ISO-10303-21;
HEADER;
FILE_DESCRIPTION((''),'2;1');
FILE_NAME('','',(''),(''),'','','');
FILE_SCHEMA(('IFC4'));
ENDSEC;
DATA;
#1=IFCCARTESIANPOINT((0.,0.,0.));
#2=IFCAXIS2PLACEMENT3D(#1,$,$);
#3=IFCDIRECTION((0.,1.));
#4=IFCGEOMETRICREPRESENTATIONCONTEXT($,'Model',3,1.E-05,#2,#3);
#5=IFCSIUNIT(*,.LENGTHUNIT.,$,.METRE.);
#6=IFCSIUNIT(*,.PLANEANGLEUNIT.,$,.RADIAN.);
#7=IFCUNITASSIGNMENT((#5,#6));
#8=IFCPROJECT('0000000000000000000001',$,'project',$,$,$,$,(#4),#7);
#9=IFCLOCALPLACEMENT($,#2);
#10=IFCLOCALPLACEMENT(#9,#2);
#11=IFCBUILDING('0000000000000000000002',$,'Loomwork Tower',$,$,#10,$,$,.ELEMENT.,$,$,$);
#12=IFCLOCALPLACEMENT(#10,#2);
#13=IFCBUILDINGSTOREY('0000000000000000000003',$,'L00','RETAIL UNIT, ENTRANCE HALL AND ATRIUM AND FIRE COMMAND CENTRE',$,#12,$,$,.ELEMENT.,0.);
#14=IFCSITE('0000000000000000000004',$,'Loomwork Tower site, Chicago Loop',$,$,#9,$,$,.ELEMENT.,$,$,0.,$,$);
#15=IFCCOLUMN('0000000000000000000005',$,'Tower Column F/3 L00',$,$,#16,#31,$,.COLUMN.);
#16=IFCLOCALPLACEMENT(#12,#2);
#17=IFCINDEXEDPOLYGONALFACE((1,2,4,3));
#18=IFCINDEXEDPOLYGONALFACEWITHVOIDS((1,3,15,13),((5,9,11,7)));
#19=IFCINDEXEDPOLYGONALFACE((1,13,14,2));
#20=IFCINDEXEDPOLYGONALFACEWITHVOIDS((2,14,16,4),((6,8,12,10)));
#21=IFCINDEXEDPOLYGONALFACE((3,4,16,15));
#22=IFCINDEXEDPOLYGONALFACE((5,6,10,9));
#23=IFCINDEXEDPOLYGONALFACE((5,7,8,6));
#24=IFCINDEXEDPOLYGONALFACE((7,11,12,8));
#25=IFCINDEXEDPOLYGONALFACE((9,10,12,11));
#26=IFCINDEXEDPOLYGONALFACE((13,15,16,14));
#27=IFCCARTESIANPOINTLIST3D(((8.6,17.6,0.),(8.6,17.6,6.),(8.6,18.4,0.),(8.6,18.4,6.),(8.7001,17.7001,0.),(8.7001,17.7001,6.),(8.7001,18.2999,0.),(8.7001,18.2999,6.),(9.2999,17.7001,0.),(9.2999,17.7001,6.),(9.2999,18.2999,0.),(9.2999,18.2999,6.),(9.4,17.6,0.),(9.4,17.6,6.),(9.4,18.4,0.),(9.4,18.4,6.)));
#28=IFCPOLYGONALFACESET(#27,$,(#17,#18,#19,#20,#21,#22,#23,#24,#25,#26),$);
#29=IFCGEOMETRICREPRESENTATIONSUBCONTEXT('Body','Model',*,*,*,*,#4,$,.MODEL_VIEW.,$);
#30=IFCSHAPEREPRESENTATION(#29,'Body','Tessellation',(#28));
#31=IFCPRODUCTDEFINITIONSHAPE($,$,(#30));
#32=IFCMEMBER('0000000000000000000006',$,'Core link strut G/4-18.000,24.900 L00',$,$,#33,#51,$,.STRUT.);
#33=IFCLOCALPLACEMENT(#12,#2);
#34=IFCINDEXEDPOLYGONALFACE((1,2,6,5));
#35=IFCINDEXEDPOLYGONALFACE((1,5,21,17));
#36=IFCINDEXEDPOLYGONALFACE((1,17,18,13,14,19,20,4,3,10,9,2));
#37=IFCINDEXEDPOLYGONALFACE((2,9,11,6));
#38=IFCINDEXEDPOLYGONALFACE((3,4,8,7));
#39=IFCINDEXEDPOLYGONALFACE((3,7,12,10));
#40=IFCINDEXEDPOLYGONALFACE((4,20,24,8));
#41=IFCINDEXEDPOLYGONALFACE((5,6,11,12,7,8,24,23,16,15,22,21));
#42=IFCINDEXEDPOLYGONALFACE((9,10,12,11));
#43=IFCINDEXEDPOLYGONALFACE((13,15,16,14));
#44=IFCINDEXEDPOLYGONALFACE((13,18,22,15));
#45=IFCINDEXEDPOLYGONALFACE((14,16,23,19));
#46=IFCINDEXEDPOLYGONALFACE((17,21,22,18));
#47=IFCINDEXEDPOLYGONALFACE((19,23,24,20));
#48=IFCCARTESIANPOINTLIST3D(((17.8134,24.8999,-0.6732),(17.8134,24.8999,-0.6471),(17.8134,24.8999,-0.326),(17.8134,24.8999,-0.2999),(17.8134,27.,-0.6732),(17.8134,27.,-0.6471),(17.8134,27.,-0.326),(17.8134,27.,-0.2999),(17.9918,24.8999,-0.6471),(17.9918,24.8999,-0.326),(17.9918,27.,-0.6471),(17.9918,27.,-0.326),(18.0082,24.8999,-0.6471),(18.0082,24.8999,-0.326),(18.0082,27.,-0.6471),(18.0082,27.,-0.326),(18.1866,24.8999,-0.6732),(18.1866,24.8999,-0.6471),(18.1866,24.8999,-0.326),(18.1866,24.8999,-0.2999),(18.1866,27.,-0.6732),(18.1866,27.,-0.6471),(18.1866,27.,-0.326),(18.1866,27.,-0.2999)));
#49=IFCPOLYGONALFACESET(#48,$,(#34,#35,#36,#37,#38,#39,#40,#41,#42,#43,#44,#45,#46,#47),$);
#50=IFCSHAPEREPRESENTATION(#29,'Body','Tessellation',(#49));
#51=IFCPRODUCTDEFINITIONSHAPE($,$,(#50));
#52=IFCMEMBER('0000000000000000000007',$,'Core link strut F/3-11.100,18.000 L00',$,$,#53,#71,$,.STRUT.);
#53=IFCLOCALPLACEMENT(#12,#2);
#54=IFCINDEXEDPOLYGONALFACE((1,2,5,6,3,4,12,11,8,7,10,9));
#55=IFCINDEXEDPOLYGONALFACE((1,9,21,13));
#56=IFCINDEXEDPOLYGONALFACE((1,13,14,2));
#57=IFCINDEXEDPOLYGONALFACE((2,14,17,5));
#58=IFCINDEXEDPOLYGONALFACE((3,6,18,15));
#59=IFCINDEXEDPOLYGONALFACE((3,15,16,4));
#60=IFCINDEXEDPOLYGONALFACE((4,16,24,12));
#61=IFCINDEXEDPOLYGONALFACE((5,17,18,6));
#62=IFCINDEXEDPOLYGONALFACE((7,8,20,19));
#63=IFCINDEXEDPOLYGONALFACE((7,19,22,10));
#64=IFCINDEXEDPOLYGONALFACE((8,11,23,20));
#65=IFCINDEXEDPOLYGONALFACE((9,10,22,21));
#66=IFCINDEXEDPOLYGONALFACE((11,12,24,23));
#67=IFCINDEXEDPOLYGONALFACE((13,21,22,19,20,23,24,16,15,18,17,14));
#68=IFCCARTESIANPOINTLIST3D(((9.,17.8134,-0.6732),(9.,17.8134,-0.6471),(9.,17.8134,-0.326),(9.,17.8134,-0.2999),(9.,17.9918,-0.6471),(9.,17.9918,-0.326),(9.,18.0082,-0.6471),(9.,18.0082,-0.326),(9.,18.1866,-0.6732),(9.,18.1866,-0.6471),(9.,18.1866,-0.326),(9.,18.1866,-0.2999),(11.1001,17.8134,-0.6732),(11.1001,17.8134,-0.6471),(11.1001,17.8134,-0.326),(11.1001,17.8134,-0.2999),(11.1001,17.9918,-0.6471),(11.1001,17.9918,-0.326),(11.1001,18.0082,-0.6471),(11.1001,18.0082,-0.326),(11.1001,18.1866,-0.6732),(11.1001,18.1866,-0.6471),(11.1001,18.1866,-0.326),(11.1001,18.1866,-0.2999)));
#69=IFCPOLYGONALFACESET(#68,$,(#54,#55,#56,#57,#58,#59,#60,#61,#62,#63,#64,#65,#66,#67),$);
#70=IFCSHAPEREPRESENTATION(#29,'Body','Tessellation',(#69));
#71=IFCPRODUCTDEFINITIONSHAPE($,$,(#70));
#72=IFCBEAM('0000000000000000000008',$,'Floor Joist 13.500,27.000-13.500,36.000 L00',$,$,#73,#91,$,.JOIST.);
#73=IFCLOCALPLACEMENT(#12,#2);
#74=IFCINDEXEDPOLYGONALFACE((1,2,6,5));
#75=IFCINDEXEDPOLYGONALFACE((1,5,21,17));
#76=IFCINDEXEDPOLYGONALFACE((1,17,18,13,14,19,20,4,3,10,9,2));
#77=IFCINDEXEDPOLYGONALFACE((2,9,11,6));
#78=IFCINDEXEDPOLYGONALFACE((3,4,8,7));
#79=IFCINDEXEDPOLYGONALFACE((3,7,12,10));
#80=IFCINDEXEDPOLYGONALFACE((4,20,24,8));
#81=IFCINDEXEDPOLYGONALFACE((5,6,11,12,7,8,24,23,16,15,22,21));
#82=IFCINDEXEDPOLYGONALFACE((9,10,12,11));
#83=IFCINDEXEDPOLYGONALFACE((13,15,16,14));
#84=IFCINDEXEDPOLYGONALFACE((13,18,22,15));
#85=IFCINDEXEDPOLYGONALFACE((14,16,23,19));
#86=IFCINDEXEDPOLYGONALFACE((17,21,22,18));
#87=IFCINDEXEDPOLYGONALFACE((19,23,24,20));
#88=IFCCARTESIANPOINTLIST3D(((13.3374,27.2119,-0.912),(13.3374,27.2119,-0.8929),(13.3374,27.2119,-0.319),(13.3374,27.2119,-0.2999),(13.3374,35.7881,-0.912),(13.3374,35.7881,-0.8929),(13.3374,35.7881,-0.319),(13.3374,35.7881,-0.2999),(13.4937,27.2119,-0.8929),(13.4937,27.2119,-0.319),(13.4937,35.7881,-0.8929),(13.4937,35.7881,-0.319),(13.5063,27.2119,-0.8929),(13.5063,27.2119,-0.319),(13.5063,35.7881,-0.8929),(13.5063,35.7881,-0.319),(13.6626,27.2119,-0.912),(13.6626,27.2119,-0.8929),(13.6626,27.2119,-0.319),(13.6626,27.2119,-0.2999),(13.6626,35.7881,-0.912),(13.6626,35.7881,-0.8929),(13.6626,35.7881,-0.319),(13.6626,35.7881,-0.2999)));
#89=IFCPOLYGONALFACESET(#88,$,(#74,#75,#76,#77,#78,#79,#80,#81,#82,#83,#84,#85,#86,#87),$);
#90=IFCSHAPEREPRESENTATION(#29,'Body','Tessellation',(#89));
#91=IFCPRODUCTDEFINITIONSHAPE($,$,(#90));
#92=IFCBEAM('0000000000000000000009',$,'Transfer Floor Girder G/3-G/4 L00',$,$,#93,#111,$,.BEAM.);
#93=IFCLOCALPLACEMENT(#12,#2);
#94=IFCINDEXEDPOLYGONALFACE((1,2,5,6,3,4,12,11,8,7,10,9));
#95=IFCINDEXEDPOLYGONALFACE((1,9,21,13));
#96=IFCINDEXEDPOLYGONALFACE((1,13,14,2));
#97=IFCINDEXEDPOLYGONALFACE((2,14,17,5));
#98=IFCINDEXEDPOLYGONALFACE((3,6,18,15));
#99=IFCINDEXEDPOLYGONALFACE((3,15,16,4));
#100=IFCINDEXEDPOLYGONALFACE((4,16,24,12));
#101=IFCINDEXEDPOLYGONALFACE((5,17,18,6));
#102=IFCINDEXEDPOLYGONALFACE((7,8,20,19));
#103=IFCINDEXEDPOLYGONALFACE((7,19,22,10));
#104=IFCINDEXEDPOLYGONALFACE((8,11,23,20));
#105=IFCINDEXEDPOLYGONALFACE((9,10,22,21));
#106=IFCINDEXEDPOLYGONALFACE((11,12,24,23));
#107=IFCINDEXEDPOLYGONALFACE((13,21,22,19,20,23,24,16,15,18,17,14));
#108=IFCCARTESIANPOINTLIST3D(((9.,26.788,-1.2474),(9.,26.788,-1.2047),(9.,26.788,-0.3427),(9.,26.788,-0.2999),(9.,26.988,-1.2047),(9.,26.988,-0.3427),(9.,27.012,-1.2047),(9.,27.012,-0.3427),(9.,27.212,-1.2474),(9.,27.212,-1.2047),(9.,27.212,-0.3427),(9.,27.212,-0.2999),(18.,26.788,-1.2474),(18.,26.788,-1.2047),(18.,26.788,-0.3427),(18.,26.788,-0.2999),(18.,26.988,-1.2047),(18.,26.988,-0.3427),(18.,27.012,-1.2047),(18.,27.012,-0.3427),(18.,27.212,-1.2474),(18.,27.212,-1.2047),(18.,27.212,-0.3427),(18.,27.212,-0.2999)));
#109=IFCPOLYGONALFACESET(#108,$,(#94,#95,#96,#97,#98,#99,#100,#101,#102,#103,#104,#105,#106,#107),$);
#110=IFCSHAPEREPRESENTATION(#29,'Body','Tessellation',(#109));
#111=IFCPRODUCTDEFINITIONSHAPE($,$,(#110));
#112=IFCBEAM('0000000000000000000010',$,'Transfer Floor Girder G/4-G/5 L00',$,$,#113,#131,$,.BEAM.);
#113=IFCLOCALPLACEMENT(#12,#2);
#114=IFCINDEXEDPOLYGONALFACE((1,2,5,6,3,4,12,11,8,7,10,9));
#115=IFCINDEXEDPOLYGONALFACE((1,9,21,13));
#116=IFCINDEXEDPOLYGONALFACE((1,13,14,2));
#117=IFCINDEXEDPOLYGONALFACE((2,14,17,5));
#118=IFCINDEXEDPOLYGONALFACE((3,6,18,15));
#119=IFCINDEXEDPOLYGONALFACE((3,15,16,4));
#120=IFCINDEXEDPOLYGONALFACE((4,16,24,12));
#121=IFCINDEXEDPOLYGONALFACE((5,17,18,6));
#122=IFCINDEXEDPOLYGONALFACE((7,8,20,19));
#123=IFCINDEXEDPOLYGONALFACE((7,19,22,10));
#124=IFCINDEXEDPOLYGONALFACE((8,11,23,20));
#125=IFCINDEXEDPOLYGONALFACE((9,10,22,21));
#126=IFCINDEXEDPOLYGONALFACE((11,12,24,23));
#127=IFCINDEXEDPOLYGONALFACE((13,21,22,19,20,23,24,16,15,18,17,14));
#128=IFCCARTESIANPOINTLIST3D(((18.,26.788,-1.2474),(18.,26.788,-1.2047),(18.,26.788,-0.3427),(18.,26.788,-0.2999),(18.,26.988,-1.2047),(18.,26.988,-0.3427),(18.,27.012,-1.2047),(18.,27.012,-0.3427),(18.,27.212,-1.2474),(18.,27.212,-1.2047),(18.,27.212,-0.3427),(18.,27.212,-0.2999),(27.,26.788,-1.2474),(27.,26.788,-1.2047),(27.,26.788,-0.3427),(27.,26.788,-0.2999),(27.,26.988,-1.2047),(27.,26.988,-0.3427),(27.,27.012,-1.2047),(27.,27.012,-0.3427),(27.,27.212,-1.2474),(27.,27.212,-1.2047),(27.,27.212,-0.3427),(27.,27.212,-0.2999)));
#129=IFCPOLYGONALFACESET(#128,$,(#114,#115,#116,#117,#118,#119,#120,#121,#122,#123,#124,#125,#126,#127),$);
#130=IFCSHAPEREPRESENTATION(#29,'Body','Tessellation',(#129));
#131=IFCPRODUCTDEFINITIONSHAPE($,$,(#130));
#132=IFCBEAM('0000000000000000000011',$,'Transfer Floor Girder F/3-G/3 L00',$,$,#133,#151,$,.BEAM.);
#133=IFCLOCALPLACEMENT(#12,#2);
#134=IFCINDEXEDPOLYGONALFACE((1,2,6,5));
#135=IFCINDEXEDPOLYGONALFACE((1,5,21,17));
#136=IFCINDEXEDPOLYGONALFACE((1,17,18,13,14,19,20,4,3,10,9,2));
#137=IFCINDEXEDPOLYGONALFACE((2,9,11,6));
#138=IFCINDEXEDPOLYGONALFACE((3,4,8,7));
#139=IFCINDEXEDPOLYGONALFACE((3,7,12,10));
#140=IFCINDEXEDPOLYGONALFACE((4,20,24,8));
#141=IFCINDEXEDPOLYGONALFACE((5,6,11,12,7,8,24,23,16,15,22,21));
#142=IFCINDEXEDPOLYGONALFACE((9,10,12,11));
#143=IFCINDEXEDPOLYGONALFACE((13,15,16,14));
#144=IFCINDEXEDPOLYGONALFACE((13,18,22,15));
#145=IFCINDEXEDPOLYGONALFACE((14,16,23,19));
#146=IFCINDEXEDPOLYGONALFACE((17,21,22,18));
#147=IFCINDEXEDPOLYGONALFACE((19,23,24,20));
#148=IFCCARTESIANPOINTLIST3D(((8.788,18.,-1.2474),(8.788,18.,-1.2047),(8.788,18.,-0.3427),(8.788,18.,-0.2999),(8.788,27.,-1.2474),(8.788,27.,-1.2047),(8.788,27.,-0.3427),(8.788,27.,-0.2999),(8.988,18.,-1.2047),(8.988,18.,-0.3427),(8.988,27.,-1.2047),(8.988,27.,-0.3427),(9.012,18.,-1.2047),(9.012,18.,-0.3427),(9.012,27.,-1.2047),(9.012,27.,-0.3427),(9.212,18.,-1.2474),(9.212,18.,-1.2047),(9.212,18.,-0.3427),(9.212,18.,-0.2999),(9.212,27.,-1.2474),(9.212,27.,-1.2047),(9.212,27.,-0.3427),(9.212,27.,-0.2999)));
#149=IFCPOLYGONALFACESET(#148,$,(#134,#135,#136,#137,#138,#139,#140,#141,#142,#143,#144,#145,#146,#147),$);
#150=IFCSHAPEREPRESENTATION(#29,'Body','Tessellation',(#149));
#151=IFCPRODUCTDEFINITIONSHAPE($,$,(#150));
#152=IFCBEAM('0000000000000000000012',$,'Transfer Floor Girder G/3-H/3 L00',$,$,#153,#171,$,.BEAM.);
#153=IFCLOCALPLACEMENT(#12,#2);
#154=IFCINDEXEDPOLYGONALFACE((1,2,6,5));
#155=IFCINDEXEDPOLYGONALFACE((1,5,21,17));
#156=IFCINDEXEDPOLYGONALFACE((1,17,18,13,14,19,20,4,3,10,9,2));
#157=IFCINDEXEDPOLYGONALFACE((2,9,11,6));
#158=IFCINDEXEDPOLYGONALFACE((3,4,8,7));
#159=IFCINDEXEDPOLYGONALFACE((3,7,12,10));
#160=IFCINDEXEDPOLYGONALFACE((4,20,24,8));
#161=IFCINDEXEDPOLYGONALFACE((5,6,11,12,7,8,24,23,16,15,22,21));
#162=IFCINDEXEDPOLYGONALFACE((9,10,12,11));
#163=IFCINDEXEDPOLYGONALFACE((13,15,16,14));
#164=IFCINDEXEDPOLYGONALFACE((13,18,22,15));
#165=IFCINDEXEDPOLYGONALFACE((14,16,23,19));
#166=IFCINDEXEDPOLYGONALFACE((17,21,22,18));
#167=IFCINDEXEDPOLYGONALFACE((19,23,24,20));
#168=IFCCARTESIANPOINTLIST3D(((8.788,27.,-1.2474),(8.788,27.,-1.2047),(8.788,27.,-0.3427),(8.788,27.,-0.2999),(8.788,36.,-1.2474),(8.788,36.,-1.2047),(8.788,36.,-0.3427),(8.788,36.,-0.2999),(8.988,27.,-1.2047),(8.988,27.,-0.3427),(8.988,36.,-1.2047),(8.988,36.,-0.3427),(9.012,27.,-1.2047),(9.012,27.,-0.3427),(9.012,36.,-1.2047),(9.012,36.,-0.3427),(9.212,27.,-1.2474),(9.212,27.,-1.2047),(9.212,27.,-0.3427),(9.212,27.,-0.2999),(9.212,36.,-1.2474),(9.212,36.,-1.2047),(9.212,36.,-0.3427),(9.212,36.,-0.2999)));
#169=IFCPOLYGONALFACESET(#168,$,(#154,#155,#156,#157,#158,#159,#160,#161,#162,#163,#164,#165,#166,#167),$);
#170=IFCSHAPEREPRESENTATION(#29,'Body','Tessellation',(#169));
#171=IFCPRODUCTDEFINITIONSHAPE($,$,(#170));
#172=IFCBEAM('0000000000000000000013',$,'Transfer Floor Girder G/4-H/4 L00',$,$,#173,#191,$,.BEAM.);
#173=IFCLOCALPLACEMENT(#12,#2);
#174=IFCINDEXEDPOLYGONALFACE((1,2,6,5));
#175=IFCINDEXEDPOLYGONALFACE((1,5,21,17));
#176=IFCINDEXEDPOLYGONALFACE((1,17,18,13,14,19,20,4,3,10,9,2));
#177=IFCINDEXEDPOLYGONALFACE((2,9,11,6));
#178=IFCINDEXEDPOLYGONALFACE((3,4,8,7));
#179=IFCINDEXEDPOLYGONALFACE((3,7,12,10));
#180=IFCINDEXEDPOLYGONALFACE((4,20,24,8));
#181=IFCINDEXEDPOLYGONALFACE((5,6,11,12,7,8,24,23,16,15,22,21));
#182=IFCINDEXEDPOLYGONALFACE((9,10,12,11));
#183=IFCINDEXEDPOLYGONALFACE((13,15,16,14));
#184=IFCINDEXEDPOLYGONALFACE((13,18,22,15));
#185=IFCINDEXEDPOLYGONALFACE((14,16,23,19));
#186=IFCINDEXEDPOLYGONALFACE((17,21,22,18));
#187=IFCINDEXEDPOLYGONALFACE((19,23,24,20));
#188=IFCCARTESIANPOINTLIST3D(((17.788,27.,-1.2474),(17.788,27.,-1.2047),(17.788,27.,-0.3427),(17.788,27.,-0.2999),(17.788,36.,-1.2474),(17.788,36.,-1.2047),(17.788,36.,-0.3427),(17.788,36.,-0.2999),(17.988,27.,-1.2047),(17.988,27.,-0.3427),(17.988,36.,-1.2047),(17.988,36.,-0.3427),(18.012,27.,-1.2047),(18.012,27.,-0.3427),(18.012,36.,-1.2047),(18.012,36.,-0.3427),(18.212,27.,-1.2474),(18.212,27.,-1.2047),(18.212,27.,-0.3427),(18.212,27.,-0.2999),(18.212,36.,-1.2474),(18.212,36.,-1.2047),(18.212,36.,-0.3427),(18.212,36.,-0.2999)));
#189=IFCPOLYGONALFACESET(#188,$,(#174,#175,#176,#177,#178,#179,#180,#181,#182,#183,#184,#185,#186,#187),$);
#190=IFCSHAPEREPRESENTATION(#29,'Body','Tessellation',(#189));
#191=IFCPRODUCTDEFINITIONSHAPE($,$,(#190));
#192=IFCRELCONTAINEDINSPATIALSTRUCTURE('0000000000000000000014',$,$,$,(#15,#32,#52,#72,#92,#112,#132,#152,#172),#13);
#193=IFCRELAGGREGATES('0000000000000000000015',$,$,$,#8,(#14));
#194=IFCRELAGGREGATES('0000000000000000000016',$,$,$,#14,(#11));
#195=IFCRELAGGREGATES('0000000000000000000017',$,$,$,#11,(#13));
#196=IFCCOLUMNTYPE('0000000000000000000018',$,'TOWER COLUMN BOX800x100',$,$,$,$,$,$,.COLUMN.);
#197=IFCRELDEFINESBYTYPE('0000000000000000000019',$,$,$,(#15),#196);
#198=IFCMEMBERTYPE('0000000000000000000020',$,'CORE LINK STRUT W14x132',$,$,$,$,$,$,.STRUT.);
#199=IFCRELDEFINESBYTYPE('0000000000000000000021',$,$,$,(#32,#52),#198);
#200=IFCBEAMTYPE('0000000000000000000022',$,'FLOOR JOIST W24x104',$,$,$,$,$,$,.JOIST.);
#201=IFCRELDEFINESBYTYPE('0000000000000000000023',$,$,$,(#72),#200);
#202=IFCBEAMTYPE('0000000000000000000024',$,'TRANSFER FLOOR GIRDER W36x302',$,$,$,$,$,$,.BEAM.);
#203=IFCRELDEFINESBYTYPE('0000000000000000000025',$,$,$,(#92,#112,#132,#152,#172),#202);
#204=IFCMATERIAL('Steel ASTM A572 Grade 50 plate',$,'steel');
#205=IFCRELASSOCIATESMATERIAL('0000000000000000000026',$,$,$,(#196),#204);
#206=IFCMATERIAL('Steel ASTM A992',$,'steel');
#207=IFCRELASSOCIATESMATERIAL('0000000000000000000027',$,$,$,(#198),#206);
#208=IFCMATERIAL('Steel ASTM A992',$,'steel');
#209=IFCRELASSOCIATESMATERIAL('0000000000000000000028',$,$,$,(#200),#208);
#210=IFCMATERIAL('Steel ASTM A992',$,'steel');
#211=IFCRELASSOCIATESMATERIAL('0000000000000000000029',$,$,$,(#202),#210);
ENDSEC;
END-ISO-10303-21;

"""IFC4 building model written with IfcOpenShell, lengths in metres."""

from ifc_helpers import new_model, si_unit, direction, frame, origin, origin_2d, place, context, subcontext, project, spatial, hollow_rectangle, i_section, extrude, material, material_profile, profile_set, type_object, element, save


model = new_model("IFC4")

# Units and contexts
model_context = context("Model", 3, precision=1e-05, world=origin(), true_north=direction((0.0, 1.0)))
body_context = subcontext(model_context, "Body", "Model", "MODEL_VIEW")
ifc_project = project(units=[si_unit("LENGTHUNIT", "METRE"), si_unit("PLANEANGLEUNIT", "RADIAN")], contexts=[model_context])

# Site, building, storey
site_placement = place(None, origin())
site = spatial("IfcSite", under=ifc_project, at=site_placement, Name="Loomwork Tower site, Chicago Loop", CompositionType="ELEMENT", RefElevation=0.0)
building_placement = place(site_placement, origin())
building = spatial("IfcBuilding", under=site, at=building_placement, Name="Loomwork Tower", CompositionType="ELEMENT")
storey_placement = place(building_placement, origin())
storey = spatial("IfcBuildingStorey", under=building, at=storey_placement, Name="L00", Description="RETAIL UNIT, ENTRANCE HALL AND ATRIUM AND FIRE COMMAND CENTRE", CompositionType="ELEMENT", Elevation=0.0)

# Column
ifc_material_1 = material(Name="Steel ASTM A572 Grade 50 plate", Category="steel")
ifc_material_profile_1 = material_profile(ifc_material_1, hollow_rectangle(XDim=0.8, YDim=0.8, WallThickness=0.1001, at=origin_2d()), Name="BOX800x100")
ifc_profile_set_1 = profile_set([ifc_material_profile_1], Name="Steel ASTM A572 Grade 50 plate")
column_type = type_object("IfcColumnType", Name="TOWER COLUMN BOX800x100", PredefinedType="COLUMN", material=ifc_profile_set_1)
column_placement = place(storey_placement, frame((9.0, 18.0, 0.0), z_axis=(0.0, 0.0, 1.0), x_axis=(1.0, 0.0, 0.0)))
element("IfcColumn", 1, at=column_placement, inside=storey, type_object=column_type, Name="Tower Column F/3 L00", PredefinedType="COLUMN", context=body_context, shape_type="SweptSolid", body=[
    extrude(hollow_rectangle(XDim=0.8, YDim=0.8, WallThickness=0.1001, at=origin_2d()), origin(), (0.0, 0.0, 1.0), 6.0),
])

# Members
ifc_material_2 = material(Name="Steel ASTM A992", Category="steel")
ifc_material_profile_2 = material_profile(ifc_material_2, i_section(OverallWidth=0.3733, OverallDepth=0.3733, WebThickness=0.0164, FlangeThickness=0.0261, at=origin_2d()), Name="W14x132")
ifc_profile_set_2 = profile_set([ifc_material_profile_2], Name="Steel ASTM A992")
member_type = type_object("IfcMemberType", Name="CORE LINK STRUT W14x132", PredefinedType="STRUT", material=ifc_profile_set_2)
for number, where, z_axis, x_axis, name in (
    (2, (18.0, 27.0, -0.4866), (0.0, -1.0, 0.0), (1.0, 0.0, 0.0), "Core link strut G/4-18.000,24.900 L00"),
    (3, (9.0, 18.0, -0.4866), (1.0, 0.0, 0.0), (0.0, 1.0, 0.0), "Core link strut F/3-11.100,18.000 L00"),
):
    element("IfcMember", number, at=place(storey_placement, frame(where, z_axis=z_axis, x_axis=x_axis)), inside=storey, type_object=member_type, Name=name, PredefinedType="STRUT", context=body_context, shape_type="SweptSolid", body=[
        extrude(i_section(OverallWidth=0.3733, OverallDepth=0.3733, WebThickness=0.0164, FlangeThickness=0.0261, at=origin_2d()), origin(), (0.0, 0.0, 1.0), 2.1001),
    ])

# Beams
ifc_material_3 = material(Name="Steel ASTM A992", Category="steel")
ifc_material_profile_3 = material_profile(ifc_material_3, i_section(OverallWidth=0.3252, OverallDepth=0.6121, WebThickness=0.0127, FlangeThickness=0.019, at=origin_2d()), Name="W24x104")
ifc_profile_set_3 = profile_set([ifc_material_profile_3], Name="Steel ASTM A992")
beam_type_1 = type_object("IfcBeamType", Name="FLOOR JOIST W24x104", PredefinedType="JOIST", material=ifc_profile_set_3)
beam_placement = place(storey_placement, frame((13.5, 27.2119, -0.606), z_axis=(0.0, 1.0, 0.0), x_axis=(-1.0, 0.0, 0.0)))
element("IfcBeam", 4, at=beam_placement, inside=storey, type_object=beam_type_1, Name="Floor Joist 13.500,27.000-13.500,36.000 L00", PredefinedType="JOIST", context=body_context, shape_type="SweptSolid", body=[
    extrude(i_section(OverallWidth=0.3252, OverallDepth=0.6121, WebThickness=0.0127, FlangeThickness=0.019, at=origin_2d()), origin(), (0.0, 0.0, 1.0), 8.5762),
])
ifc_material_4 = material(Name="Steel ASTM A992", Category="steel")
ifc_material_profile_4 = material_profile(ifc_material_4, i_section(OverallWidth=0.4241, OverallDepth=0.9475, WebThickness=0.0239, FlangeThickness=0.0427, at=origin_2d()), Name="W36x302")
ifc_profile_set_4 = profile_set([ifc_material_profile_4], Name="Steel ASTM A992")
beam_type_2 = type_object("IfcBeamType", Name="TRANSFER FLOOR GIRDER W36x302", PredefinedType="BEAM", material=ifc_profile_set_4)
for number, where, z_axis, x_axis, name in (
    (5, (9.0, 27.0, -0.7737), (1.0, 0.0, 0.0), (0.0, 1.0, 0.0), "Transfer Floor Girder G/3-G/4 L00"),
    (6, (18.0, 27.0, -0.7737), (1.0, 0.0, 0.0), (0.0, 1.0, 0.0), "Transfer Floor Girder G/4-G/5 L00"),
    (7, (9.0, 18.0, -0.7737), (0.0, 1.0, 0.0), (-1.0, 0.0, 0.0), "Transfer Floor Girder F/3-G/3 L00"),
    (8, (9.0, 27.0, -0.7737), (0.0, 1.0, 0.0), (-1.0, 0.0, 0.0), "Transfer Floor Girder G/3-H/3 L00"),
    (9, (18.0, 27.0, -0.7737), (0.0, 1.0, 0.0), (-1.0, 0.0, 0.0), "Transfer Floor Girder G/4-H/4 L00"),
):
    element("IfcBeam", number, at=place(storey_placement, frame(where, z_axis=z_axis, x_axis=x_axis)), inside=storey, type_object=beam_type_2, Name=name, PredefinedType="BEAM", context=body_context, shape_type="SweptSolid", body=[
        extrude(i_section(OverallWidth=0.4241, OverallDepth=0.9475, WebThickness=0.0239, FlangeThickness=0.0427, at=origin_2d()), origin(), (0.0, 0.0, 1.0), 9.0),
    ])

save(model, "model.ifc")
